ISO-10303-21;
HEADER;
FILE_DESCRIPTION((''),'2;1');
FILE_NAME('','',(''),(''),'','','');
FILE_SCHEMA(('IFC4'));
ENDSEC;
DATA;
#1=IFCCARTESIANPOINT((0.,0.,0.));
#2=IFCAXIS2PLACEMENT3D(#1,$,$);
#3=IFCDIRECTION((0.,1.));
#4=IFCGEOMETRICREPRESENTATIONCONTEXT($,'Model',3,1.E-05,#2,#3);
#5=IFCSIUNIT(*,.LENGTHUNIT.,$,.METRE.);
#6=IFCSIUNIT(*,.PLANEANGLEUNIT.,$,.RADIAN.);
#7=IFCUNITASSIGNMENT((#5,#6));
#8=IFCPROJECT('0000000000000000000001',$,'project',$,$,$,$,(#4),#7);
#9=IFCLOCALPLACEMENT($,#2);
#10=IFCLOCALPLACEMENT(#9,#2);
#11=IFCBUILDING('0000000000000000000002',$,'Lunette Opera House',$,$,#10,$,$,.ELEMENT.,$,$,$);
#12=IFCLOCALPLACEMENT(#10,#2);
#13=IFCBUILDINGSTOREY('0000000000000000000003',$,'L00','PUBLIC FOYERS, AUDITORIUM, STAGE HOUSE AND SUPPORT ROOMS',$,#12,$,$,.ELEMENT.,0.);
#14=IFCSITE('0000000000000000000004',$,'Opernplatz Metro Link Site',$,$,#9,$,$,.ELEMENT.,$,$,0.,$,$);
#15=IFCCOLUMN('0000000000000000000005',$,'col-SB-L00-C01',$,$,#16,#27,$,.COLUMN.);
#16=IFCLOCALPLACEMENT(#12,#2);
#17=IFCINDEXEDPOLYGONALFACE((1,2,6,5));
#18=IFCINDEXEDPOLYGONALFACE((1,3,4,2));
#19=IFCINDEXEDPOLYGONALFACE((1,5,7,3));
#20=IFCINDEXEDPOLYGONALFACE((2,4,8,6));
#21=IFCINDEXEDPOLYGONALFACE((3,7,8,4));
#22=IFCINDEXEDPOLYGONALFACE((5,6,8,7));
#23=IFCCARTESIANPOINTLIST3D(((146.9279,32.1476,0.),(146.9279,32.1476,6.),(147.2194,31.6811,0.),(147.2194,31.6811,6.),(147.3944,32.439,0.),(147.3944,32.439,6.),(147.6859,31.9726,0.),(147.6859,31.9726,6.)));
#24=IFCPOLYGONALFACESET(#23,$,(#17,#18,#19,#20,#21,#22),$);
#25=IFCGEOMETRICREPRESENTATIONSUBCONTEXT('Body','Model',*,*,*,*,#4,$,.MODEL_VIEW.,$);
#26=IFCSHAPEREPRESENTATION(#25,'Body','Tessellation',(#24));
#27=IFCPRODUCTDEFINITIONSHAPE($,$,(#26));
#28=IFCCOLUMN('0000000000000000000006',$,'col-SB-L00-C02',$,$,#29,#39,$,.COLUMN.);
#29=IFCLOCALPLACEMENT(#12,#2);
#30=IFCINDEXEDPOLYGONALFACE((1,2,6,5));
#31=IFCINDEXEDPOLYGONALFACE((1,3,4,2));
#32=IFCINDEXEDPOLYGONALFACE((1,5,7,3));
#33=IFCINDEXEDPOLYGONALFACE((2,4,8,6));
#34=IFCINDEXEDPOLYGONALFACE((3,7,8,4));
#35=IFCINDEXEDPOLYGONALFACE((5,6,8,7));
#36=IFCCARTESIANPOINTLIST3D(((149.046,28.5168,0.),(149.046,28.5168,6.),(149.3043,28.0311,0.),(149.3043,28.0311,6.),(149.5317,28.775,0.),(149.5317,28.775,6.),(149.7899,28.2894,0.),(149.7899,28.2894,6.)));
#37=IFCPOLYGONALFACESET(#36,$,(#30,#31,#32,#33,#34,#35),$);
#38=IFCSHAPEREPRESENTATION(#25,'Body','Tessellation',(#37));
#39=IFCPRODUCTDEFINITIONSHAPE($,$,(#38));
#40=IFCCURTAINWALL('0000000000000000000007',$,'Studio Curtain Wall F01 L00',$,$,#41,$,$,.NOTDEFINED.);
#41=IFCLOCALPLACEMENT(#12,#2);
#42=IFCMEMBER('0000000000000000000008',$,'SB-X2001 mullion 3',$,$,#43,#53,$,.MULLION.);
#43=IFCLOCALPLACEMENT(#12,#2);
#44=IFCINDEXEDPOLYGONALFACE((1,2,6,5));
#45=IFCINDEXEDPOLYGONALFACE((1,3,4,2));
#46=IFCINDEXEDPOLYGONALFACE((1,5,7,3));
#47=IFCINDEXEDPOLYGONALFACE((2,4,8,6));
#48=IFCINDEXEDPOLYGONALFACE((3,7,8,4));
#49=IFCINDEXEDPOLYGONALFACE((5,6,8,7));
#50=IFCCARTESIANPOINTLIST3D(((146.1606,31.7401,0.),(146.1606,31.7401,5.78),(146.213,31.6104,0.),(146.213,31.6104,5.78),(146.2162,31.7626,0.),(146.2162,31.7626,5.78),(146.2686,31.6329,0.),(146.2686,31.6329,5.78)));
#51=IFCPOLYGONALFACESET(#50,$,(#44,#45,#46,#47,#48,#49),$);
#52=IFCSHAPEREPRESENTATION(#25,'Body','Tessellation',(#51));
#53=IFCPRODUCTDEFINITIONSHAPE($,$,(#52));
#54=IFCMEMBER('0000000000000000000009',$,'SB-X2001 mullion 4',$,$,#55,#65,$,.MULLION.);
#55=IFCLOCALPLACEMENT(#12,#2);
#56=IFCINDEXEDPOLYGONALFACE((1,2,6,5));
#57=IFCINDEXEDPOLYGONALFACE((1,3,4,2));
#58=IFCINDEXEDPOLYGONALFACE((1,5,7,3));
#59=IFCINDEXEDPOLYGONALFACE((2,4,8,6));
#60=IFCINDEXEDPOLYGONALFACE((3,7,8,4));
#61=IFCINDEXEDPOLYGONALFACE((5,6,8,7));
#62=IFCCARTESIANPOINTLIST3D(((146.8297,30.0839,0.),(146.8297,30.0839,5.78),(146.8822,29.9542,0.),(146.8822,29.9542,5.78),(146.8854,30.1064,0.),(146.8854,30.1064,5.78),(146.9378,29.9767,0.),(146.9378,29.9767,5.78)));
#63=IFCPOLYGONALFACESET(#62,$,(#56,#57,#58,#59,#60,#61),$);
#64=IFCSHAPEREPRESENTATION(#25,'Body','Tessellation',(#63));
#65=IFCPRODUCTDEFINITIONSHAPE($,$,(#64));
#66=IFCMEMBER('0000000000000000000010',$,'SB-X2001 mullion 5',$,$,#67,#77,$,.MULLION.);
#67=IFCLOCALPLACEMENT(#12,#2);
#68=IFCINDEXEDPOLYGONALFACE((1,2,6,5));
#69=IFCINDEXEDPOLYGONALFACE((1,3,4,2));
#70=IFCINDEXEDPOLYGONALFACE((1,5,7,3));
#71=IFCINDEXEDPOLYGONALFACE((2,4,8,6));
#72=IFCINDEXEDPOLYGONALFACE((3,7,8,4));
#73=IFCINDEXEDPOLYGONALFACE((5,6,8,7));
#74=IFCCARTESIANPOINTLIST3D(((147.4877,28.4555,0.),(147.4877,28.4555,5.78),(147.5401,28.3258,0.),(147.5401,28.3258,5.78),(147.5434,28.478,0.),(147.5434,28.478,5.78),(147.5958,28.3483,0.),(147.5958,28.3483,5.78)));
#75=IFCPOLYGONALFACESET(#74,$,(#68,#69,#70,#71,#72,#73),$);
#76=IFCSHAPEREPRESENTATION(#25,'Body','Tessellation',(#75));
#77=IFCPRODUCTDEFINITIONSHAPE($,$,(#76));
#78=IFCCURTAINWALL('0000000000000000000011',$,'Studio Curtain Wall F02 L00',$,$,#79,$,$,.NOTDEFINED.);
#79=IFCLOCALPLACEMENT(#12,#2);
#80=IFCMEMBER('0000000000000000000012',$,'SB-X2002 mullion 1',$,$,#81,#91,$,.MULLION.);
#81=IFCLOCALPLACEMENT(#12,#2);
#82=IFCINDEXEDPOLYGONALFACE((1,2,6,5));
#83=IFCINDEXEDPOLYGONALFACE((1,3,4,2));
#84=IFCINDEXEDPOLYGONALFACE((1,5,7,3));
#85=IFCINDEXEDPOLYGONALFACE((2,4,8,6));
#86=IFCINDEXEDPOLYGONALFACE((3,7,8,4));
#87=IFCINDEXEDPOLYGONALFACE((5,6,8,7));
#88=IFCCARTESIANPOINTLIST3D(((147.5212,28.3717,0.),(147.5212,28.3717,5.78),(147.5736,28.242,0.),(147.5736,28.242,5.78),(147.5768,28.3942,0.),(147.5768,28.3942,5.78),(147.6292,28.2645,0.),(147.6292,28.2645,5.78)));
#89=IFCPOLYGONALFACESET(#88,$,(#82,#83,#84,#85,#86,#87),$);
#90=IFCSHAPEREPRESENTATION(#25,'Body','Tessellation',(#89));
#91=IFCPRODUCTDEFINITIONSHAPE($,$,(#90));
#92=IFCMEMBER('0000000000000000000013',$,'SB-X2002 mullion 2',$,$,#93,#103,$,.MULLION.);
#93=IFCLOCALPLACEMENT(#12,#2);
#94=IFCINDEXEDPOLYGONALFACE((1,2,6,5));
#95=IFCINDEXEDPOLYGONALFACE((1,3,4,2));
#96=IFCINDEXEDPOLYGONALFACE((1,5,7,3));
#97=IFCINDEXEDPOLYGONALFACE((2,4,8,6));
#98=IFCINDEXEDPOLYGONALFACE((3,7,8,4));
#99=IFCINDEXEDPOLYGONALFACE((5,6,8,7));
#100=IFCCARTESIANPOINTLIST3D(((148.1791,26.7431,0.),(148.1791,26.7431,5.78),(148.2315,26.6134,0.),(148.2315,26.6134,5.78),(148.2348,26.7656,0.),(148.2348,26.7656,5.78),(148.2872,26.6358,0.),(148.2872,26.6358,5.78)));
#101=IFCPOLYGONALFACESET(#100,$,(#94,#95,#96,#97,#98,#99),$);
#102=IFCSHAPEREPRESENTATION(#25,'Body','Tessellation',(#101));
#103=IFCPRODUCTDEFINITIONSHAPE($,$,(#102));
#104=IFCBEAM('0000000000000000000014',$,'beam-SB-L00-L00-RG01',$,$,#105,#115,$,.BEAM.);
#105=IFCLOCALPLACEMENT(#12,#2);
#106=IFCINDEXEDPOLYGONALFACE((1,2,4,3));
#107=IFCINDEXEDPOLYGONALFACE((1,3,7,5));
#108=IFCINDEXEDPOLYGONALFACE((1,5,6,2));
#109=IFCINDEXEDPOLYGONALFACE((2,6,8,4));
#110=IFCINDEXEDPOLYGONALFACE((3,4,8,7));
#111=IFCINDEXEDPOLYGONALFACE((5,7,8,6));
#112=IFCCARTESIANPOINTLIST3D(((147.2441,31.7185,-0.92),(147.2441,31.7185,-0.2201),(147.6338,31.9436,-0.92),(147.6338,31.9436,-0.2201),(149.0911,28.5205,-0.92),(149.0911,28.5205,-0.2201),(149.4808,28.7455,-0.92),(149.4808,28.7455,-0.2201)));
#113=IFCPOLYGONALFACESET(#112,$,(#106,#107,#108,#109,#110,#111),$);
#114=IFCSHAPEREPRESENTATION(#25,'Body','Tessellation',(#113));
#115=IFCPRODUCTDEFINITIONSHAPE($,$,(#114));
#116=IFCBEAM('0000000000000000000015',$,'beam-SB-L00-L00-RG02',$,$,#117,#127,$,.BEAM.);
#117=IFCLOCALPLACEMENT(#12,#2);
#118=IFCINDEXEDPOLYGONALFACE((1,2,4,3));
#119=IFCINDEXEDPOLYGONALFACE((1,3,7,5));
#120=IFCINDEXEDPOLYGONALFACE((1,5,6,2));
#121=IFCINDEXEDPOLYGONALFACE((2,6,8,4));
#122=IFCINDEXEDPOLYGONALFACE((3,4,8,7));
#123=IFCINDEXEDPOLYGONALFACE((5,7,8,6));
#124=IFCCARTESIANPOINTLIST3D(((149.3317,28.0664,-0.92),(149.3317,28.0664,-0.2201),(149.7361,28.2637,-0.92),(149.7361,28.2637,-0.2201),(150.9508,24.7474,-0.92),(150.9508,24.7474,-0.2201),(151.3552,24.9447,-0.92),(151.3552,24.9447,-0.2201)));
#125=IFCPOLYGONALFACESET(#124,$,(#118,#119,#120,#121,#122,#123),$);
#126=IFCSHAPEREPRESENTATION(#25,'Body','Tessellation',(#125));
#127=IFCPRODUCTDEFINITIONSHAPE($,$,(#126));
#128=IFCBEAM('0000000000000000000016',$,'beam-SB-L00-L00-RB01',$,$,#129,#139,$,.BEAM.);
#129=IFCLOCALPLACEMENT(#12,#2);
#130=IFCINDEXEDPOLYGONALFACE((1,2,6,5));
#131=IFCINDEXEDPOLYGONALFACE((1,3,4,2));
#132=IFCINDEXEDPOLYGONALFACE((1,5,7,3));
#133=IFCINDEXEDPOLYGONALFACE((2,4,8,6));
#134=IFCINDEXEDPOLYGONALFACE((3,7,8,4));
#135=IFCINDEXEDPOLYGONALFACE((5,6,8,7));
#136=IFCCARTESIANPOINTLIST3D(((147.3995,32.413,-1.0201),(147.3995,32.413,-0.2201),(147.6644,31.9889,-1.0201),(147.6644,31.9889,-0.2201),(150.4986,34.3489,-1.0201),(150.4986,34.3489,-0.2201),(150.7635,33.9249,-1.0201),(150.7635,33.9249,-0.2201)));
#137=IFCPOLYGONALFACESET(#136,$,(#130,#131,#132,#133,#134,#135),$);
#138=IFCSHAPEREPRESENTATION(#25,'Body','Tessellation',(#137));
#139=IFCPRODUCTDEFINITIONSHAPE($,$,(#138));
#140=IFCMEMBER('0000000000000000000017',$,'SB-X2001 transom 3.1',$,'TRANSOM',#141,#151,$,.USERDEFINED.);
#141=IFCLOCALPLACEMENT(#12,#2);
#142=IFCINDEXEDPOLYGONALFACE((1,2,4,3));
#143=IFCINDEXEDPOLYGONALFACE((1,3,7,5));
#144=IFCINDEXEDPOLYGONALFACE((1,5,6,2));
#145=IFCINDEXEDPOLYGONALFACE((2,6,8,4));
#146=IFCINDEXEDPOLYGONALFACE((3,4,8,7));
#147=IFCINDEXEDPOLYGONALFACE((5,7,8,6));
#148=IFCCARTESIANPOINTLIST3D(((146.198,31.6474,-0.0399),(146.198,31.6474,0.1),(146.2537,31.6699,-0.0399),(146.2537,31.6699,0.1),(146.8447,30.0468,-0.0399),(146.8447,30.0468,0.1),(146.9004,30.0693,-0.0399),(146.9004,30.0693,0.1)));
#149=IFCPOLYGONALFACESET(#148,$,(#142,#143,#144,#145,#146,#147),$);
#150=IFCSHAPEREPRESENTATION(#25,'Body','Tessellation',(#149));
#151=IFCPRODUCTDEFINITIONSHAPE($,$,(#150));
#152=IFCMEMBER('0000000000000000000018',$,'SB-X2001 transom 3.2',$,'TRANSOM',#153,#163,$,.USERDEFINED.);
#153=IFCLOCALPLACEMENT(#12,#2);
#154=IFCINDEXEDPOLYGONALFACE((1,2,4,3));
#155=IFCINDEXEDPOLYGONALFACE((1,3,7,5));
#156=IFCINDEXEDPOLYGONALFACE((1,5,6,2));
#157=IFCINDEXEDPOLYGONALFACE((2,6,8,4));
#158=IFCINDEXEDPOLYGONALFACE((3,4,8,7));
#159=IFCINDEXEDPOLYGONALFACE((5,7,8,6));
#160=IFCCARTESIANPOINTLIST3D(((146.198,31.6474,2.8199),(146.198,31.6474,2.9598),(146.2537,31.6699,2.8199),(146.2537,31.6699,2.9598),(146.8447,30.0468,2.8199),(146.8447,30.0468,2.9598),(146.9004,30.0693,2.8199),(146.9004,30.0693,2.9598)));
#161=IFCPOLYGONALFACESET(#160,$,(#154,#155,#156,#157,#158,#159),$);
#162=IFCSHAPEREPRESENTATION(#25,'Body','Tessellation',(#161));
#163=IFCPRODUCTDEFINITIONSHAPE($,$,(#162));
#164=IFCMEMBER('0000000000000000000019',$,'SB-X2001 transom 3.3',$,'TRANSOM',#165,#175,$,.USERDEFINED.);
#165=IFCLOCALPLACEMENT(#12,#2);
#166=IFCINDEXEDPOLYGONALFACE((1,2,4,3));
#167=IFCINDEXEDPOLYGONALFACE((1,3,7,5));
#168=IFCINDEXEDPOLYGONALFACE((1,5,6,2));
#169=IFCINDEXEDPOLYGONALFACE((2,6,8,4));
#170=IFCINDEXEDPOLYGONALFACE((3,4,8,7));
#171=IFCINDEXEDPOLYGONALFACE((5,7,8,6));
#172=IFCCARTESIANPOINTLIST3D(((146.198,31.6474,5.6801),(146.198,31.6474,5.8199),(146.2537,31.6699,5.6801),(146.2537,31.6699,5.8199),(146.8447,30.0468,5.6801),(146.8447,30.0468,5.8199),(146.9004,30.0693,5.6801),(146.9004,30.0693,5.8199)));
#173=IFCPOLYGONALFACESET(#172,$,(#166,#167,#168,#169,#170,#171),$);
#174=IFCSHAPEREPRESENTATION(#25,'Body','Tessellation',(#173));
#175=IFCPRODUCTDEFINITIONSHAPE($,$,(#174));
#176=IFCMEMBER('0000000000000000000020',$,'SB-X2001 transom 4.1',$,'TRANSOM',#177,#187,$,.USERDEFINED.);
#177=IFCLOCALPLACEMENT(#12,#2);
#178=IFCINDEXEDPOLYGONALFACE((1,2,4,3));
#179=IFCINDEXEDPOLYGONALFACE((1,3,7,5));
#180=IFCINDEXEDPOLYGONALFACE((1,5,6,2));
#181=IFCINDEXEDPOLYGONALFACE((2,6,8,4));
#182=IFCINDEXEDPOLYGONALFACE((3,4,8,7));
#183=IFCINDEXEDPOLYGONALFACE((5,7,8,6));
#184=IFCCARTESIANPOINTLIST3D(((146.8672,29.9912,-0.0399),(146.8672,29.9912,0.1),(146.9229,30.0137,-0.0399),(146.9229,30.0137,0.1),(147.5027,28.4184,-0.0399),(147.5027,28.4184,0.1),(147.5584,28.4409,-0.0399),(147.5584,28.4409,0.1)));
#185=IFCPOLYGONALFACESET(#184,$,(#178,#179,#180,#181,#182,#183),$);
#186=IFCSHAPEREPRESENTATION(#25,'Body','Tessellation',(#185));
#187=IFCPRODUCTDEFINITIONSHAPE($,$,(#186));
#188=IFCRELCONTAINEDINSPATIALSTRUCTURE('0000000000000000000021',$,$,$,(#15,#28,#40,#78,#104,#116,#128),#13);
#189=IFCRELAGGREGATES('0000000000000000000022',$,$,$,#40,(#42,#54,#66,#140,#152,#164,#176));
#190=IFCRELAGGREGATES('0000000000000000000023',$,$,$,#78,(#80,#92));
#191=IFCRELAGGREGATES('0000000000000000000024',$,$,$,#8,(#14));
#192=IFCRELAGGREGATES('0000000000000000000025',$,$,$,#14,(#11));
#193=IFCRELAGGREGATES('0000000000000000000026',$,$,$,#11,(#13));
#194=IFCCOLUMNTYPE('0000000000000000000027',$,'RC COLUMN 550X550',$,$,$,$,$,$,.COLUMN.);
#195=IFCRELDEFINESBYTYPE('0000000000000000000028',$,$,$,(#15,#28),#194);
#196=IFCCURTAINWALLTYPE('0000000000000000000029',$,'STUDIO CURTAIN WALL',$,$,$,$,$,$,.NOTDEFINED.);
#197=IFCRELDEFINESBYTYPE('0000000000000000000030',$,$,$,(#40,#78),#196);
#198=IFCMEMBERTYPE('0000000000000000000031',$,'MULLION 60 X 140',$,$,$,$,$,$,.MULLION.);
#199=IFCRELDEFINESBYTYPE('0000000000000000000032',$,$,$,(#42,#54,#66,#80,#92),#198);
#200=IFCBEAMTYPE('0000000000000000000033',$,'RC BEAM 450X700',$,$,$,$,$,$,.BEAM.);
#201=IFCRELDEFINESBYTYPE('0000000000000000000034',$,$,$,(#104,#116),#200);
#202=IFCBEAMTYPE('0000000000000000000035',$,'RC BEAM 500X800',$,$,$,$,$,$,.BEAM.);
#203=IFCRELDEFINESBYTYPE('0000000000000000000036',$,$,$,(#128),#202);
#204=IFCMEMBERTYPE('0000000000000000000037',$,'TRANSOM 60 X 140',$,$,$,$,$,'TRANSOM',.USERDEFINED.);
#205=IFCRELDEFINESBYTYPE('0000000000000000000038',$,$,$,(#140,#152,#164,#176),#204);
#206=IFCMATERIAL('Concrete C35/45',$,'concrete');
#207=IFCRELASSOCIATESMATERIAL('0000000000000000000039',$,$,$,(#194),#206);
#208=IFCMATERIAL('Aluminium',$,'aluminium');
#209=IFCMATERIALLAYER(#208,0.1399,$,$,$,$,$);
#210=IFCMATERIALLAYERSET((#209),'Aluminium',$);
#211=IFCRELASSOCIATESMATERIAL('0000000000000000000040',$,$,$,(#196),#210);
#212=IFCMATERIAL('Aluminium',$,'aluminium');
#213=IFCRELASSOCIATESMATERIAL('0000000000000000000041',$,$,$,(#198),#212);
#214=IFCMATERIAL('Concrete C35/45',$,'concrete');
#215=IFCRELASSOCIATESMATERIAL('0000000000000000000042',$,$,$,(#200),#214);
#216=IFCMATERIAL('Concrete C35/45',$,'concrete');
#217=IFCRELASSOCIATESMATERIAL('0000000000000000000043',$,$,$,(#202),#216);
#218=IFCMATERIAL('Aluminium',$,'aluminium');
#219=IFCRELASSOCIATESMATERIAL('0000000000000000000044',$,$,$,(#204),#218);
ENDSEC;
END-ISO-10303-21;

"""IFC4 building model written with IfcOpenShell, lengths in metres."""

from ifc_helpers import new_model, si_unit, direction, frame, origin, origin_2d, place, context, subcontext, project, spatial, rectangle, extrude, material, layer, layer_set, material_profile, profile_set, type_object, element, aggregate, save


model = new_model("IFC4")

# Units and contexts
model_context = context("Model", 3, precision=1e-05, world=origin(), true_north=direction((0.0, 1.0)))
body_context = subcontext(model_context, "Body", "Model", "MODEL_VIEW")
ifc_project = project(units=[si_unit("LENGTHUNIT", "METRE"), si_unit("PLANEANGLEUNIT", "RADIAN")], contexts=[model_context])

# Site, building, storey
site_placement = place(None, origin())
site = spatial("IfcSite", under=ifc_project, at=site_placement, Name="Opernplatz Metro Link Site", CompositionType="ELEMENT", RefElevation=0.0)
building_placement = place(site_placement, origin())
building = spatial("IfcBuilding", under=site, at=building_placement, Name="Lunette Opera House", CompositionType="ELEMENT")
storey_placement = place(building_placement, origin())
storey = spatial("IfcBuildingStorey", under=building, at=storey_placement, Name="L00", Description="PUBLIC FOYERS, AUDITORIUM, STAGE HOUSE AND SUPPORT ROOMS", CompositionType="ELEMENT", Elevation=0.0)

# Columns
ifc_material_1 = material(Name="Concrete C35/45", Category="concrete")
ifc_material_profile_1 = material_profile(ifc_material_1, rectangle(XDim=0.55, YDim=0.55, at=origin_2d()), Name="RC COLUMN 550X550")
ifc_profile_set_1 = profile_set([ifc_material_profile_1], Name="Concrete C35/45")
column_type = type_object("IfcColumnType", Name="RC COLUMN 550X550", PredefinedType="COLUMN", material=ifc_profile_set_1)
for number, where, z_axis, x_axis, name in (
    (1, (147.3069, 32.0601, 0.0), (0.0, 0.0, 1.0), (0.529919, -0.848048, 0.0), "col-SB-L00-C01"),
    (2, (149.418, 28.4031, 0.0), (0.0, 0.0, 1.0), (0.469472, -0.882948, 0.0), "col-SB-L00-C02"),
):
    element("IfcColumn", number, at=place(storey_placement, frame(where, z_axis=z_axis, x_axis=x_axis)), inside=storey, type_object=column_type, Name=name, PredefinedType="COLUMN", context=body_context, shape_type="SweptSolid", body=[
        extrude(rectangle(XDim=0.55, YDim=0.55, at=origin_2d()), origin(), (0.0, 0.0, 1.0), 6.0),
    ])

# Curtain walls, members
ifc_material_2 = material(Name="Aluminium", Category="aluminium")
ifc_layer_1 = layer(ifc_material_2, 0.1399)
ifc_layer_set_1 = layer_set([ifc_layer_1], Name="Aluminium")
curtain_wall_type = type_object("IfcCurtainWallType", Name="STUDIO CURTAIN WALL", PredefinedType="NOTDEFINED", material=ifc_layer_set_1)
curtain_wall_1_placement = place(storey_placement, origin())
curtain_wall_1 = element("IfcCurtainWall", 3, at=curtain_wall_1_placement, inside=storey, type_object=curtain_wall_type, Name="Studio Curtain Wall F01 L00", PredefinedType="NOTDEFINED")
ifc_material_3 = material(Name="Aluminium", Category="aluminium")
ifc_material_profile_2 = material_profile(ifc_material_3, rectangle(XDim=0.0601, YDim=0.1399, at=origin_2d()), Name="MULLION 60 X 140")
ifc_profile_set_2 = profile_set([ifc_material_profile_2], Name="Aluminium")
member_type_1 = type_object("IfcMemberType", Name="MULLION 60 X 140", PredefinedType="MULLION", material=ifc_profile_set_2)
member_1_placement = place(storey_placement, frame((146.2146, 31.6865, 0.0), z_axis=(0.0, 0.0, 1.0), x_axis=(0.927168, 0.374646, 0.0)))
member_1 = element("IfcMember", 4, at=member_1_placement, type_object=member_type_1, Name="SB-X2001 mullion 3", PredefinedType="MULLION", context=body_context, shape_type="SweptSolid", body=[
    extrude(rectangle(XDim=0.0601, YDim=0.1399, at=origin_2d()), origin(), (0.0, 0.0, 1.0), 5.78),
])
member_2_placement = place(storey_placement, frame((146.8838, 30.0303, 0.0), z_axis=(0.0, 0.0, 1.0), x_axis=(0.927168, 0.374646, 0.0)))
member_2 = element("IfcMember", 5, at=member_2_placement, type_object=member_type_1, Name="SB-X2001 mullion 4", PredefinedType="MULLION", context=body_context, shape_type="SweptSolid", body=[
    extrude(rectangle(XDim=0.0601, YDim=0.1399, at=origin_2d()), origin(), (0.0, 0.0, 1.0), 5.78),
])
member_3_placement = place(storey_placement, frame((147.5417, 28.4019, 0.0), z_axis=(0.0, 0.0, 1.0), x_axis=(0.927168, 0.374646, 0.0)))
member_3 = element("IfcMember", 6, at=member_3_placement, type_object=member_type_1, Name="SB-X2001 mullion 5", PredefinedType="MULLION", context=body_context, shape_type="SweptSolid", body=[
    extrude(rectangle(XDim=0.0601, YDim=0.1399, at=origin_2d()), origin(), (0.0, 0.0, 1.0), 5.78),
])
curtain_wall_2_placement = place(storey_placement, origin())
curtain_wall_2 = element("IfcCurtainWall", 7, at=curtain_wall_2_placement, inside=storey, type_object=curtain_wall_type, Name="Studio Curtain Wall F02 L00", PredefinedType="NOTDEFINED")
member_4_placement = place(storey_placement, frame((147.5752, 28.3181, 0.0), z_axis=(0.0, 0.0, 1.0), x_axis=(0.927188, 0.374597, 0.0)))
member_4 = element("IfcMember", 8, at=member_4_placement, type_object=member_type_1, Name="SB-X2002 mullion 1", PredefinedType="MULLION", context=body_context, shape_type="SweptSolid", body=[
    extrude(rectangle(XDim=0.0601, YDim=0.1399, at=origin_2d()), origin(), (0.0, 0.0, 1.0), 5.78),
])
member_5_placement = place(storey_placement, frame((148.2332, 26.6895, 0.0), z_axis=(0.0, 0.0, 1.0), x_axis=(0.927188, 0.374597, 0.0)))
member_5 = element("IfcMember", 9, at=member_5_placement, type_object=member_type_1, Name="SB-X2002 mullion 2", PredefinedType="MULLION", context=body_context, shape_type="SweptSolid", body=[
    extrude(rectangle(XDim=0.0601, YDim=0.1399, at=origin_2d()), origin(), (0.0, 0.0, 1.0), 5.78),
])

# Beams
ifc_material_4 = material(Name="Concrete C35/45", Category="concrete")
ifc_material_profile_3 = material_profile(ifc_material_4, rectangle(XDim=0.45, YDim=0.7, at=origin_2d()), Name="RC BEAM 450X700")
ifc_profile_set_3 = profile_set([ifc_material_profile_3], Name="Concrete C35/45")
beam_type_1 = type_object("IfcBeamType", Name="RC BEAM 450X700", PredefinedType="BEAM", material=ifc_profile_set_3)
beam_1_placement = place(storey_placement, frame((147.439, 31.8311, -0.5701), z_axis=(0.500113, -0.86596, 0.0), x_axis=(0.86596, 0.500113, 0.0)))
element("IfcBeam", 10, at=beam_1_placement, inside=storey, type_object=beam_type_1, Name="beam-SB-L00-L00-RG01", PredefinedType="BEAM", context=body_context, shape_type="SweptSolid", body=[
    extrude(rectangle(XDim=0.45, YDim=0.7, at=origin_2d()), origin(), (0.0, 0.0, 1.0), 3.6931),
])
beam_2_placement = place(storey_placement, frame((149.5339, 28.165, -0.5701), z_axis=(0.438439, -0.898761, 0.0), x_axis=(0.898761, 0.438439, 0.0)))
element("IfcBeam", 11, at=beam_2_placement, inside=storey, type_object=beam_type_1, Name="beam-SB-L00-L00-RG02", PredefinedType="BEAM", context=body_context, shape_type="SweptSolid", body=[
    extrude(rectangle(XDim=0.45, YDim=0.7, at=origin_2d()), origin(), (0.0, 0.0, 1.0), 3.6929),
])
ifc_material_5 = material(Name="Concrete C35/45", Category="concrete")
ifc_material_profile_4 = material_profile(ifc_material_5, rectangle(XDim=0.5, YDim=0.8, at=origin_2d()), Name="RC BEAM 500X800")
ifc_profile_set_4 = profile_set([ifc_material_profile_4], Name="Concrete C35/45")
beam_type_2 = type_object("IfcBeamType", Name="RC BEAM 500X800", PredefinedType="BEAM", material=ifc_profile_set_4)
beam_3_placement = place(storey_placement, frame((147.532, 32.2009, -0.6201), z_axis=(0.848111, 0.529819, 0.0), x_axis=(-0.529819, 0.848111, 0.0)))
element("IfcBeam", 12, at=beam_3_placement, inside=storey, type_object=beam_type_2, Name="beam-SB-L00-L00-RB01", PredefinedType="BEAM", context=body_context, shape_type="SweptSolid", body=[
    extrude(rectangle(XDim=0.5, YDim=0.8, at=origin_2d()), origin(), (0.0, 0.0, 1.0), 3.6541),
])

# Members
ifc_material_6 = material(Name="Aluminium", Category="aluminium")
ifc_material_profile_5 = material_profile(ifc_material_6, rectangle(XDim=0.0601, YDim=0.1399, at=origin_2d()), Name="TRANSOM 60 X 140")
ifc_profile_set_5 = profile_set([ifc_material_profile_5], Name="Aluminium")
member_type_2 = type_object("IfcMemberType", Name="TRANSOM 60 X 140", ElementType="TRANSOM", PredefinedType="USERDEFINED", material=ifc_profile_set_5)
member_6_placement = place(storey_placement, frame((146.2258, 31.6587, 0.03), z_axis=(0.374631, -0.927174, 0.0), x_axis=(0.927174, 0.374631, 0.0)))
member_6 = element("IfcMember", 13, at=member_6_placement, type_object=member_type_2, Name="SB-X2001 transom 3.1", ObjectType="TRANSOM", PredefinedType="USERDEFINED", context=body_context, shape_type="SweptSolid", body=[
    extrude(rectangle(XDim=0.0601, YDim=0.1399, at=origin_2d()), origin(), (0.0, 0.0, 1.0), 1.7263),
])
member_7_placement = place(storey_placement, frame((146.2258, 31.6587, 2.8899), z_axis=(0.374631, -0.927174, 0.0), x_axis=(0.927174, 0.374631, 0.0)))
member_7 = element("IfcMember", 14, at=member_7_placement, type_object=member_type_2, Name="SB-X2001 transom 3.2", ObjectType="TRANSOM", PredefinedType="USERDEFINED", context=body_context, shape_type="SweptSolid", body=[
    extrude(rectangle(XDim=0.0601, YDim=0.1399, at=origin_2d()), origin(), (0.0, 0.0, 1.0), 1.7263),
])
member_8_placement = place(storey_placement, frame((146.2258, 31.6587, 5.75), z_axis=(0.374631, -0.927174, 0.0), x_axis=(0.927174, 0.374631, 0.0)))
member_8 = element("IfcMember", 15, at=member_8_placement, type_object=member_type_2, Name="SB-X2001 transom 3.3", ObjectType="TRANSOM", PredefinedType="USERDEFINED", context=body_context, shape_type="SweptSolid", body=[
    extrude(rectangle(XDim=0.0601, YDim=0.1399, at=origin_2d()), origin(), (0.0, 0.0, 1.0), 1.7263),
])
member_9_placement = place(storey_placement, frame((146.895, 30.0024, 0.03), z_axis=(0.374639, -0.927171, 0.0), x_axis=(0.927171, 0.374639, 0.0)))
member_9 = element("IfcMember", 16, at=member_9_placement, type_object=member_type_2, Name="SB-X2001 transom 4.1", ObjectType="TRANSOM", PredefinedType="USERDEFINED", context=body_context, shape_type="SweptSolid", body=[
    extrude(rectangle(XDim=0.0601, YDim=0.1399, at=origin_2d()), origin(), (0.0, 0.0, 1.0), 1.6963),
])

aggregate(curtain_wall_1, [member_1, member_2, member_3, member_6, member_7, member_8, member_9])
aggregate(curtain_wall_2, [member_4, member_5])

save(model, "model.ifc")
